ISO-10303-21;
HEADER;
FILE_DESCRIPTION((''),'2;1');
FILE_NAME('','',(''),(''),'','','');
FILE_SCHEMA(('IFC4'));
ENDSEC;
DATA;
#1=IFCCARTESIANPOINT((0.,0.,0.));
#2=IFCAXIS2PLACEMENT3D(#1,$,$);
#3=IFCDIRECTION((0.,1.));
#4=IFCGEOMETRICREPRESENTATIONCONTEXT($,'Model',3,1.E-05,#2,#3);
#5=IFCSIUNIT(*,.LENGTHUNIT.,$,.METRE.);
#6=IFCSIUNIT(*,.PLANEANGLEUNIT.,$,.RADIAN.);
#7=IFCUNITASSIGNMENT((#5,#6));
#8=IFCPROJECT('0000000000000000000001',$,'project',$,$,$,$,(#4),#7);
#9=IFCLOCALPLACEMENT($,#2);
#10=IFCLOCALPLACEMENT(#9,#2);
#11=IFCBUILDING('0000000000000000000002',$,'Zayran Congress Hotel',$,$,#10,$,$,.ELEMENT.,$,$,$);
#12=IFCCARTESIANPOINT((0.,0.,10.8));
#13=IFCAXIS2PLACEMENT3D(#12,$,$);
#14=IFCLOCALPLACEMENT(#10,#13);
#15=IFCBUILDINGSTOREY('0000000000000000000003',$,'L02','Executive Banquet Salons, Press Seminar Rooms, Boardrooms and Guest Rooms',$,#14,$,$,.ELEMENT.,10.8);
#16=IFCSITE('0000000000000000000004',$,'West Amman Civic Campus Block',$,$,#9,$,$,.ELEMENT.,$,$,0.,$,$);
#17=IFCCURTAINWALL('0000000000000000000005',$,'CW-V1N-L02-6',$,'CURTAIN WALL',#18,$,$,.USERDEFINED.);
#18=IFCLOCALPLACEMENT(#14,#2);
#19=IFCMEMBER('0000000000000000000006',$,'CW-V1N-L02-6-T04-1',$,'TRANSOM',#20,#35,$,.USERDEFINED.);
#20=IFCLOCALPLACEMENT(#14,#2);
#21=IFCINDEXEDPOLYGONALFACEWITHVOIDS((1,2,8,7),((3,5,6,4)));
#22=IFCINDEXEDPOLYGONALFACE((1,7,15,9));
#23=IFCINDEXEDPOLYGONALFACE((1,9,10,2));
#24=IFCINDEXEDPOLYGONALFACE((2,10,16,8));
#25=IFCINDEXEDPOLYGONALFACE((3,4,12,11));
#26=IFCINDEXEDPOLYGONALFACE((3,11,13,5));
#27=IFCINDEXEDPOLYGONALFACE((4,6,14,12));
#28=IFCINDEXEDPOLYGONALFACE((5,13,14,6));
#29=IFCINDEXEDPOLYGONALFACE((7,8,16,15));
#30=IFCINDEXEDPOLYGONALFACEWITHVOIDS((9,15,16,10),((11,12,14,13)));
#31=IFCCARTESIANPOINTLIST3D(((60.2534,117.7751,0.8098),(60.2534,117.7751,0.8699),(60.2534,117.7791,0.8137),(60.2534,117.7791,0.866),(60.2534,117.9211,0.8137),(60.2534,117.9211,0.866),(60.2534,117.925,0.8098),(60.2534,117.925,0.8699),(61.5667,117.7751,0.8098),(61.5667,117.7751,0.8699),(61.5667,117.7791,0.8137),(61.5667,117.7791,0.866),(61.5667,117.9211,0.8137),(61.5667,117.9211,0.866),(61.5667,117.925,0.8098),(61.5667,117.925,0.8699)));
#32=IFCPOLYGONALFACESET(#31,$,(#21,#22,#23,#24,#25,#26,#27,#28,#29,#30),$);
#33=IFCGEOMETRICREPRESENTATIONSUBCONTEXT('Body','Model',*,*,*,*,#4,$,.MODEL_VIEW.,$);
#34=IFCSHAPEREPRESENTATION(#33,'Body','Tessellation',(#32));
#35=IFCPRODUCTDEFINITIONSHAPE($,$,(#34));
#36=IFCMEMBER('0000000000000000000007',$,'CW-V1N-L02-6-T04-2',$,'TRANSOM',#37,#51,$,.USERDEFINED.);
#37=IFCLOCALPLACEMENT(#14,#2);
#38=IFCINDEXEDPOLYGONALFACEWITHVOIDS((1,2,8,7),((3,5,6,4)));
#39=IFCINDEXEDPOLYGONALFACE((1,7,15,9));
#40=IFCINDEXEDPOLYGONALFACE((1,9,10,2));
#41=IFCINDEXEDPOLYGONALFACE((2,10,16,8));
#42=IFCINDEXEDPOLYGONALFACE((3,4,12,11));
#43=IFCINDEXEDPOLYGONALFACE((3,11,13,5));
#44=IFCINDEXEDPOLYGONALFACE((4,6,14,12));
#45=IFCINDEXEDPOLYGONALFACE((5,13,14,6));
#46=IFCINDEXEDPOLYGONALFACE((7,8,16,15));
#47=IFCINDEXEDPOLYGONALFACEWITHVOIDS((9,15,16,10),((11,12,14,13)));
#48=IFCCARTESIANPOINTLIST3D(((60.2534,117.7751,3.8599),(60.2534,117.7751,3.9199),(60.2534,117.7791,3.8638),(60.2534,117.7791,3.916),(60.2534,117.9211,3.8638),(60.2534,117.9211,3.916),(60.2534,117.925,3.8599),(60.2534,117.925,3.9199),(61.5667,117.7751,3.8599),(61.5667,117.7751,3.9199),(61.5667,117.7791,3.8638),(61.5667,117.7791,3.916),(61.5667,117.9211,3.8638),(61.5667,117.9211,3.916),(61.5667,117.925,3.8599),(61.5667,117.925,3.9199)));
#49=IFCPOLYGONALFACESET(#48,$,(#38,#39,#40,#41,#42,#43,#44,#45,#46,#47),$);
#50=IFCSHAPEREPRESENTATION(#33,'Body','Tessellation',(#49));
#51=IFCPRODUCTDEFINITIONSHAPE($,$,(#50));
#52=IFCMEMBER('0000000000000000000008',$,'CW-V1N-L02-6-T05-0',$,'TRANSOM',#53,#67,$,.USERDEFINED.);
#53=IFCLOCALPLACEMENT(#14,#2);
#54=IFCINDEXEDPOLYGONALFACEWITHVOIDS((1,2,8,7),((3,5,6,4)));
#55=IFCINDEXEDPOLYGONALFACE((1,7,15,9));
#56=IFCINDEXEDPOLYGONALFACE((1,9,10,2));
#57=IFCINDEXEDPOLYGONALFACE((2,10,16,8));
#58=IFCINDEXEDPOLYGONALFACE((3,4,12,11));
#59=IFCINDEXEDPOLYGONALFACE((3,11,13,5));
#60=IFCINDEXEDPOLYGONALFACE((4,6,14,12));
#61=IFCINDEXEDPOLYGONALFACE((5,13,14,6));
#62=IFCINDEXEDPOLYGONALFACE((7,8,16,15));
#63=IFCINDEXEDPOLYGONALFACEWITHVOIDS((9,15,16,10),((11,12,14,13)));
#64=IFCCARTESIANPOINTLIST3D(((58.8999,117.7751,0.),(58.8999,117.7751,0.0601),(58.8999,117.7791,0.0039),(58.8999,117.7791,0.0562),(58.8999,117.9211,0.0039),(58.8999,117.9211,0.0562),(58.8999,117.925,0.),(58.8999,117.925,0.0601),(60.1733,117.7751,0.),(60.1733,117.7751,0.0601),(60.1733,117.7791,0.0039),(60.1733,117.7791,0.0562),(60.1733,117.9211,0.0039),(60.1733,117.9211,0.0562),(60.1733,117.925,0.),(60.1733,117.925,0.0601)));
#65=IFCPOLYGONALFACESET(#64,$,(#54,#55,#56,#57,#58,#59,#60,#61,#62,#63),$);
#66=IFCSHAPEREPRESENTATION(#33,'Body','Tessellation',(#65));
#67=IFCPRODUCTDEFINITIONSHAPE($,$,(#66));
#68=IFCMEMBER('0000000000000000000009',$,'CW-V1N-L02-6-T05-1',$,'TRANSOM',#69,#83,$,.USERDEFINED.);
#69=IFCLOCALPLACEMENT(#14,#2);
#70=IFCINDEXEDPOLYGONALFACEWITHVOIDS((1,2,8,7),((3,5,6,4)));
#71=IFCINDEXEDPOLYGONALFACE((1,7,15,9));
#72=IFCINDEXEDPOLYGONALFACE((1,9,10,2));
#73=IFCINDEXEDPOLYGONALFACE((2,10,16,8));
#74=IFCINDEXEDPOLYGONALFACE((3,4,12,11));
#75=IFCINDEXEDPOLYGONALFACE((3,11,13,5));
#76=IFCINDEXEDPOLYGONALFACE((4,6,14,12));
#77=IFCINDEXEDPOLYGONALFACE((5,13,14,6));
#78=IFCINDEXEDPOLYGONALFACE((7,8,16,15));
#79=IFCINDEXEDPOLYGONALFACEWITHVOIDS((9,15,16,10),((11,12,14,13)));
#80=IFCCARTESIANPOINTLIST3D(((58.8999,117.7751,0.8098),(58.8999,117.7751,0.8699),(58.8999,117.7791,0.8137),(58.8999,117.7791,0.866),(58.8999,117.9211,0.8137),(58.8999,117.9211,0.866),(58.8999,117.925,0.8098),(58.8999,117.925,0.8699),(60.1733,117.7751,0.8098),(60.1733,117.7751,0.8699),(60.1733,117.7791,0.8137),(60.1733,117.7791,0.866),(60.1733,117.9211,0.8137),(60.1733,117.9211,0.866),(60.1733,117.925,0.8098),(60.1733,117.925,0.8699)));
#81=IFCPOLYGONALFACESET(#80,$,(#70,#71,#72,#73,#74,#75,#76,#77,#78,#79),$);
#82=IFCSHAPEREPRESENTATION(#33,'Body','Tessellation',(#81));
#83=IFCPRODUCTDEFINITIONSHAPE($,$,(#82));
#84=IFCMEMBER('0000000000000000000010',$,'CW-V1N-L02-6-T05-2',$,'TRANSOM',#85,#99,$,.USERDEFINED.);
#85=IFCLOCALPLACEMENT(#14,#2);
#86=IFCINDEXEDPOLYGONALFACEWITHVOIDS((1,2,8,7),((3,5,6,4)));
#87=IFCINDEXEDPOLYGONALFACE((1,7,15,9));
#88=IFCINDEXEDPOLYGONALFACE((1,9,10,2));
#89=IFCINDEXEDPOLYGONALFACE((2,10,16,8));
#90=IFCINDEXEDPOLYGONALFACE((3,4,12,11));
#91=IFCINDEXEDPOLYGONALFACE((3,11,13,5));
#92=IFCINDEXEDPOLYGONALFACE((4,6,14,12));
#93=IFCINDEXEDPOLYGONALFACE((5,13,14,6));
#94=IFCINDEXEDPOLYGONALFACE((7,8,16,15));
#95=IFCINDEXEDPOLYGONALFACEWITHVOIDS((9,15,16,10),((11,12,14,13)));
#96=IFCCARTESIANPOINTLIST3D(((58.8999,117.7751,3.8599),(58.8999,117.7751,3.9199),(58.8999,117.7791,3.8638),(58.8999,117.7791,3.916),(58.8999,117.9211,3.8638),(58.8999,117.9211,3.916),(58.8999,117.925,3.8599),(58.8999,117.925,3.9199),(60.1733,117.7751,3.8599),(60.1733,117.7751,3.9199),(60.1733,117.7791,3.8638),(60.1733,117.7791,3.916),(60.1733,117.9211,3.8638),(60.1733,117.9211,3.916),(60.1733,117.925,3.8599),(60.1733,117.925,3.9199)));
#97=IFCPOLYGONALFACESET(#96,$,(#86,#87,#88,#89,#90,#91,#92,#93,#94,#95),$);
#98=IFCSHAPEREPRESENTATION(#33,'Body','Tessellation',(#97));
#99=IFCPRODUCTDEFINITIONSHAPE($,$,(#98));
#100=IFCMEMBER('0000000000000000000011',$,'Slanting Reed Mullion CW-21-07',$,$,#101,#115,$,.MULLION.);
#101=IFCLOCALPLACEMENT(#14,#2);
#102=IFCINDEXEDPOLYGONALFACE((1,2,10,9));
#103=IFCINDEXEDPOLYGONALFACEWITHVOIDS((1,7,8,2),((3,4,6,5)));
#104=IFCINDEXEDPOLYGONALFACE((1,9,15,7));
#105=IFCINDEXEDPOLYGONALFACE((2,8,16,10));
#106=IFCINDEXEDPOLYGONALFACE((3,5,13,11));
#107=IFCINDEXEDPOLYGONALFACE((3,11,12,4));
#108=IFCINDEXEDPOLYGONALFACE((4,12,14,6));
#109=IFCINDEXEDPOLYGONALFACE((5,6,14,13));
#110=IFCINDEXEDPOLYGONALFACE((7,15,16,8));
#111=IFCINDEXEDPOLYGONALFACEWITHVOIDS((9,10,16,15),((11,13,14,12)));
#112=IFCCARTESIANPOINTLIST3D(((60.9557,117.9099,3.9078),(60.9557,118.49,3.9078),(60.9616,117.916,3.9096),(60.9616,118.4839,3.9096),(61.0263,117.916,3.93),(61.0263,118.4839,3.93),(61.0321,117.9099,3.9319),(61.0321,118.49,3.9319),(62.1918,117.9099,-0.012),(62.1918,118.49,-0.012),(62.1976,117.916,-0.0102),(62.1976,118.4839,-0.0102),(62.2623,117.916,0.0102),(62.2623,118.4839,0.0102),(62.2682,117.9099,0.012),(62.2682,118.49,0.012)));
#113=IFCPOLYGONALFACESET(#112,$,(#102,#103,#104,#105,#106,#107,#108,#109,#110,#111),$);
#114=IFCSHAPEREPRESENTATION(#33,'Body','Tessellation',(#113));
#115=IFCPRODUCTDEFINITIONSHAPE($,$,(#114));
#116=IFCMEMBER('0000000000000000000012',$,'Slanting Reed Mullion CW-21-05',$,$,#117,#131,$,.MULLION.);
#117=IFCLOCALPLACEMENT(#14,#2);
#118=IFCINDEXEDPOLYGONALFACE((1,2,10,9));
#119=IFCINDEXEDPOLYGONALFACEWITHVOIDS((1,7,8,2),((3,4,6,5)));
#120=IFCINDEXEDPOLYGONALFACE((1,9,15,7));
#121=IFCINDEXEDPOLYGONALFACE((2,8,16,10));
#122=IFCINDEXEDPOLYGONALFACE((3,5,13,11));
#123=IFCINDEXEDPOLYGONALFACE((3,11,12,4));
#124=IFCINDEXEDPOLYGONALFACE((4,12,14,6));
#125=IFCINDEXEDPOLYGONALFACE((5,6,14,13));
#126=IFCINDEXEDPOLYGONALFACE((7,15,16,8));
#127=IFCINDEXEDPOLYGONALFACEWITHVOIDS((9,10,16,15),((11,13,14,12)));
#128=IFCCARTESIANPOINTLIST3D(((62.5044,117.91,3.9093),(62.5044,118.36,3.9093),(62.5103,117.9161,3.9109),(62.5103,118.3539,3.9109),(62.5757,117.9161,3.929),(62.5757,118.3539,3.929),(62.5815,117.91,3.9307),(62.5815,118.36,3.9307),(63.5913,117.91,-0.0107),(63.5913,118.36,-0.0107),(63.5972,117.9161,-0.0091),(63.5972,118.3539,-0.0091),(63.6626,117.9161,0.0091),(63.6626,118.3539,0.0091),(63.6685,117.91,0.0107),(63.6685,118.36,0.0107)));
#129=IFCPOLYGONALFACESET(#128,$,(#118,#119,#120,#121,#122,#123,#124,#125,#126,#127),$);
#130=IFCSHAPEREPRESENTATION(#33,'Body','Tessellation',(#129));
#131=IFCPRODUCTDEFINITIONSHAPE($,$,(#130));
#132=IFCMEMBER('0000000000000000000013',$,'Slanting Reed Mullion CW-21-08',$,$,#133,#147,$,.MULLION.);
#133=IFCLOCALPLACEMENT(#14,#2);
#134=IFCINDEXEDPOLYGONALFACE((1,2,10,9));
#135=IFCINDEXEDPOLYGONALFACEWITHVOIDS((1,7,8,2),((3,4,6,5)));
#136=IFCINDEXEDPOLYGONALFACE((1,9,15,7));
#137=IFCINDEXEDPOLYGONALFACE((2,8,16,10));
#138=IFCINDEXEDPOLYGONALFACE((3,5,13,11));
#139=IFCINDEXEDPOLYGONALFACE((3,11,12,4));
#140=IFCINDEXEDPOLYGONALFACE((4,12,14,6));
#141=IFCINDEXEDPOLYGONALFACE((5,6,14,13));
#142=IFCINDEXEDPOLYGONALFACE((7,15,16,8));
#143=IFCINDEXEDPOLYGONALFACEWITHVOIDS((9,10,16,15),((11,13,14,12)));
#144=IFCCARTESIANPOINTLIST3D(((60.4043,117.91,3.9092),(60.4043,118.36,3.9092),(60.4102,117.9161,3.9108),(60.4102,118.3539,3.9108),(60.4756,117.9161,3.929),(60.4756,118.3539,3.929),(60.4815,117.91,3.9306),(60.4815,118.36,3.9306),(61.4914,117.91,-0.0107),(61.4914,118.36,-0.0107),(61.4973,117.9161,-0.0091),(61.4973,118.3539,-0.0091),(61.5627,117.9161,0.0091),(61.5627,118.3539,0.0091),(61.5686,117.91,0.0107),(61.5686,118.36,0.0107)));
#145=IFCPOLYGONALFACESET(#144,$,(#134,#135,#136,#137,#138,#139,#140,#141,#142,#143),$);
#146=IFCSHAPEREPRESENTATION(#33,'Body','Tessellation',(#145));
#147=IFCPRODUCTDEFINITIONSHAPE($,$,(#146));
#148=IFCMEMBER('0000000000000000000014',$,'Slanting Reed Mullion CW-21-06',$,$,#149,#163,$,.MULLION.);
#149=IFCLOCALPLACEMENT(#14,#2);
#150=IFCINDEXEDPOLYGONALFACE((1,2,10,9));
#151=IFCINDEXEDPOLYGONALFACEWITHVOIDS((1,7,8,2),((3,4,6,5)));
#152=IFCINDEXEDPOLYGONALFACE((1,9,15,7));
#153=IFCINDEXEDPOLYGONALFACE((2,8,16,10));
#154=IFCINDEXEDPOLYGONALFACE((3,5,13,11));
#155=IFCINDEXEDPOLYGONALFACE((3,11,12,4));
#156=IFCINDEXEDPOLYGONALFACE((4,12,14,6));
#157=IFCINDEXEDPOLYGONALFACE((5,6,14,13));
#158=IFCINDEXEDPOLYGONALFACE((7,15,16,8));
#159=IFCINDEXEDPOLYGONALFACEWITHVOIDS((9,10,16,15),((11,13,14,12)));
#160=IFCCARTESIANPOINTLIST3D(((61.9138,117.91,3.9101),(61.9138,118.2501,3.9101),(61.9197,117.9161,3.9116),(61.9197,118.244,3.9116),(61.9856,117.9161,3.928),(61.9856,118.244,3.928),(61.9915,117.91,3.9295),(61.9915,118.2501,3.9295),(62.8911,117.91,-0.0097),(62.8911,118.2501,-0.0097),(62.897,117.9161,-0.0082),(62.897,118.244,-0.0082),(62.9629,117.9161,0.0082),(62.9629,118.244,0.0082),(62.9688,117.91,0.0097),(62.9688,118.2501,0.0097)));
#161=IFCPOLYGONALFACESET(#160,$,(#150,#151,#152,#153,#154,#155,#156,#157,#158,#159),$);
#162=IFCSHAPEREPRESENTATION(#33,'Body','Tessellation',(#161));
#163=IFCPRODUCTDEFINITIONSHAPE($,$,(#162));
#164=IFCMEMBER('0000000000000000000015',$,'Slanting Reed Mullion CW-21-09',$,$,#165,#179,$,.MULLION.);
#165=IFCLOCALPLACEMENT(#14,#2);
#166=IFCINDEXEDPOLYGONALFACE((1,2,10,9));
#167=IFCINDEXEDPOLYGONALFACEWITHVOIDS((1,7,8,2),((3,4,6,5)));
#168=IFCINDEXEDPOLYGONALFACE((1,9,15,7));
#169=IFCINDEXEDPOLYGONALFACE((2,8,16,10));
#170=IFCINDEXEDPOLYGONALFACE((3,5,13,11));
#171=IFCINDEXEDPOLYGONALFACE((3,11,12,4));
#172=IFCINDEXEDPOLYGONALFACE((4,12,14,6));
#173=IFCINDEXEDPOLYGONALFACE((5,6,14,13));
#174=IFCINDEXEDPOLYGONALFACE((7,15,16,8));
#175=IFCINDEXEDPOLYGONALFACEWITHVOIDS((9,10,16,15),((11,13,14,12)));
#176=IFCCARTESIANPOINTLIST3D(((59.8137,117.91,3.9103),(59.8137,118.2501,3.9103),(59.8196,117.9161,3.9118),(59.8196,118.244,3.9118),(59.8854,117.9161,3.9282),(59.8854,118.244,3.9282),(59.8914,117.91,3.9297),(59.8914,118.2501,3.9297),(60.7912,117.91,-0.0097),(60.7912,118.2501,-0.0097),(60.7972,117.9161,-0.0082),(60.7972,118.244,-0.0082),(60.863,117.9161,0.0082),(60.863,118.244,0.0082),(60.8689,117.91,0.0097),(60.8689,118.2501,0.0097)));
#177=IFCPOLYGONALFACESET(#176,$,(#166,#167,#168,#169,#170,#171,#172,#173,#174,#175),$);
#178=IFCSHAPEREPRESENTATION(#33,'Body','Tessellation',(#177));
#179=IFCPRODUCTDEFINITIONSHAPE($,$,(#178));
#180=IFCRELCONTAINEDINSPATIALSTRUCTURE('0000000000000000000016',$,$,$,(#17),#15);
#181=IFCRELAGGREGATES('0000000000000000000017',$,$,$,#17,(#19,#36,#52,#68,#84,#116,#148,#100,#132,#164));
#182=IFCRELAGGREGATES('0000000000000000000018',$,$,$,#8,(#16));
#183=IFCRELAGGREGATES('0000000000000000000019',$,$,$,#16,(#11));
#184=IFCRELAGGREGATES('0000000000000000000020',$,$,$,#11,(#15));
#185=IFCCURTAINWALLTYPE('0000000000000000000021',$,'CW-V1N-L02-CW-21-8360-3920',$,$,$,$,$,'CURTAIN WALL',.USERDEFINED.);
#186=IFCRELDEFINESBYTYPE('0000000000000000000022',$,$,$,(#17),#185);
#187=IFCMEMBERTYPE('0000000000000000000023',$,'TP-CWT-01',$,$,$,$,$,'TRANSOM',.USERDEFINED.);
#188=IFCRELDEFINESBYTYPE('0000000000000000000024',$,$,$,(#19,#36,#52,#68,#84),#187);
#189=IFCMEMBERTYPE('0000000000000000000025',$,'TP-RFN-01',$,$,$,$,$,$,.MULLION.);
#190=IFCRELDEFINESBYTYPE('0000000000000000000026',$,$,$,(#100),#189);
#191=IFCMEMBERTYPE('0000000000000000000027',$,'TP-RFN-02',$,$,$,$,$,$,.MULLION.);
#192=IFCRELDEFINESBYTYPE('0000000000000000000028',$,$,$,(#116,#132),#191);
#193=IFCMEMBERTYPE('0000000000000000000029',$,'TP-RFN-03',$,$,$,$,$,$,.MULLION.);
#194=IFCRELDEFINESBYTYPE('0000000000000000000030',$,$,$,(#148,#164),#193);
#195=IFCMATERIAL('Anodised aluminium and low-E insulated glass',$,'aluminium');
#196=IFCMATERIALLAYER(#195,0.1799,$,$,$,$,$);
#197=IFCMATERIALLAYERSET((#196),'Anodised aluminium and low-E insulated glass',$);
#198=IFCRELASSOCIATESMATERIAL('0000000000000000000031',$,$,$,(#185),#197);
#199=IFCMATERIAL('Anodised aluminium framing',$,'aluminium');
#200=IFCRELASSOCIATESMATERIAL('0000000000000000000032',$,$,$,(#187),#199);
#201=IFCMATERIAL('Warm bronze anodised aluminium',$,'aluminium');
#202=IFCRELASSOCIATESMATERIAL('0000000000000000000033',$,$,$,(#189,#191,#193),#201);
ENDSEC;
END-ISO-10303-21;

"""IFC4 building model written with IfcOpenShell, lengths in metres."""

from ifc_helpers import new_model, si_unit, direction, frame, origin, origin_2d, place, context, subcontext, project, spatial, hollow_rectangle, extrude, material, layer, layer_set, material_profile, profile_set, type_object, element, aggregate, save


model = new_model("IFC4")

# Units and contexts
model_context = context("Model", 3, precision=1e-05, world=origin(), true_north=direction((0.0, 1.0)))
body_context = subcontext(model_context, "Body", "Model", "MODEL_VIEW")
ifc_project = project(units=[si_unit("LENGTHUNIT", "METRE"), si_unit("PLANEANGLEUNIT", "RADIAN")], contexts=[model_context])

# Site, building, storey
site_placement = place(None, origin())
site = spatial("IfcSite", under=ifc_project, at=site_placement, Name="West Amman Civic Campus Block", CompositionType="ELEMENT", RefElevation=0.0)
building_placement = place(site_placement, origin())
building = spatial("IfcBuilding", under=site, at=building_placement, Name="Zayran Congress Hotel", CompositionType="ELEMENT")
storey_placement = place(building_placement, frame((0.0, 0.0, 10.8)))
storey = spatial("IfcBuildingStorey", under=building, at=storey_placement, Name="L02", Description="Executive Banquet Salons, Press Seminar Rooms, Boardrooms and Guest Rooms", CompositionType="ELEMENT", Elevation=10.8)

# Curtain wall, members
ifc_material_1 = material(Name="Anodised aluminium and low-E insulated glass", Category="aluminium")
ifc_layer_1 = layer(ifc_material_1, 0.1799)
ifc_layer_set_1 = layer_set([ifc_layer_1], Name="Anodised aluminium and low-E insulated glass")
curtain_wall_type = type_object("IfcCurtainWallType", Name="CW-V1N-L02-CW-21-8360-3920", ElementType="CURTAIN WALL", PredefinedType="USERDEFINED", material=ifc_layer_set_1)
curtain_wall_placement = place(storey_placement, origin())
curtain_wall = element("IfcCurtainWall", 1, at=curtain_wall_placement, inside=storey, type_object=curtain_wall_type, Name="CW-V1N-L02-6", ObjectType="CURTAIN WALL", PredefinedType="USERDEFINED")
ifc_material_2 = material(Name="Anodised aluminium framing", Category="aluminium")
ifc_material_profile_1 = material_profile(ifc_material_2, hollow_rectangle(XDim=0.0601, YDim=0.1499, WallThickness=0.0039, at=origin_2d()), Name="RHS 150x60x4")
ifc_profile_set_1 = profile_set([ifc_material_profile_1], Name="Anodised aluminium framing")
member_type_1 = type_object("IfcMemberType", Name="TP-CWT-01", ElementType="TRANSOM", PredefinedType="USERDEFINED", material=ifc_profile_set_1)
member_1_placement = place(storey_placement, frame((61.5667, 117.8501, 0.8398), z_axis=(-1.0, 0.0, 0.0), x_axis=(0.0, 0.0, 1.0)))
member_1 = element("IfcMember", 2, at=member_1_placement, type_object=member_type_1, Name="CW-V1N-L02-6-T04-1", ObjectType="TRANSOM", PredefinedType="USERDEFINED", context=body_context, shape_type="SweptSolid", body=[
    extrude(hollow_rectangle(XDim=0.0601, YDim=0.1499, WallThickness=0.0039, at=origin_2d()), origin(), (0.0, 0.0, 1.0), 1.3132),
])
member_2_placement = place(storey_placement, frame((61.5667, 117.8501, 3.8899), z_axis=(-1.0, 0.0, 0.0), x_axis=(0.0, 0.0, 1.0)))
member_2 = element("IfcMember", 3, at=member_2_placement, type_object=member_type_1, Name="CW-V1N-L02-6-T04-2", ObjectType="TRANSOM", PredefinedType="USERDEFINED", context=body_context, shape_type="SweptSolid", body=[
    extrude(hollow_rectangle(XDim=0.0601, YDim=0.1499, WallThickness=0.0039, at=origin_2d()), origin(), (0.0, 0.0, 1.0), 1.3132),
])
member_3_placement = place(storey_placement, frame((60.1733, 117.8501, 0.03), z_axis=(-1.0, 0.0, 0.0), x_axis=(0.0, 0.0, 1.0)))
member_3 = element("IfcMember", 4, at=member_3_placement, type_object=member_type_1, Name="CW-V1N-L02-6-T05-0", ObjectType="TRANSOM", PredefinedType="USERDEFINED", context=body_context, shape_type="SweptSolid", body=[
    extrude(hollow_rectangle(XDim=0.0601, YDim=0.1499, WallThickness=0.0039, at=origin_2d()), origin(), (0.0, 0.0, 1.0), 1.2734),
])
member_4_placement = place(storey_placement, frame((60.1733, 117.8501, 0.8398), z_axis=(-1.0, 0.0, 0.0), x_axis=(0.0, 0.0, 1.0)))
member_4 = element("IfcMember", 5, at=member_4_placement, type_object=member_type_1, Name="CW-V1N-L02-6-T05-1", ObjectType="TRANSOM", PredefinedType="USERDEFINED", context=body_context, shape_type="SweptSolid", body=[
    extrude(hollow_rectangle(XDim=0.0601, YDim=0.1499, WallThickness=0.0039, at=origin_2d()), origin(), (0.0, 0.0, 1.0), 1.2734),
])
member_5_placement = place(storey_placement, frame((60.1733, 117.8501, 3.8899), z_axis=(-1.0, 0.0, 0.0), x_axis=(0.0, 0.0, 1.0)))
member_5 = element("IfcMember", 6, at=member_5_placement, type_object=member_type_1, Name="CW-V1N-L02-6-T05-2", ObjectType="TRANSOM", PredefinedType="USERDEFINED", context=body_context, shape_type="SweptSolid", body=[
    extrude(hollow_rectangle(XDim=0.0601, YDim=0.1499, WallThickness=0.0039, at=origin_2d()), origin(), (0.0, 0.0, 1.0), 1.2734),
])
ifc_material_3 = material(Name="Warm bronze anodised aluminium", Category="aluminium")
ifc_material_profile_2 = material_profile(ifc_material_3, hollow_rectangle(XDim=0.0801, YDim=0.5801, WallThickness=0.0061, at=origin_2d()), Name="RHS 580x80x6")
ifc_profile_set_2 = profile_set([ifc_material_profile_2], Name="Warm bronze anodised aluminium")
member_type_2 = type_object("IfcMemberType", Name="TP-RFN-01", PredefinedType="MULLION", material=ifc_profile_set_2)
member_6_placement = place(storey_placement, frame((62.23, 118.2, 0.0), z_axis=(-0.300736, 0.0, 0.953707), x_axis=(0.953707, 0.0, 0.300736)))
member_6 = element("IfcMember", 7, at=member_6_placement, type_object=member_type_2, Name="Slanting Reed Mullion CW-21-07", PredefinedType="MULLION", context=body_context, shape_type="SweptSolid", body=[
    extrude(hollow_rectangle(XDim=0.0801, YDim=0.5801, WallThickness=0.0061, at=origin_2d()), origin(), (0.0, 0.0, 1.0), 4.1101),
])
ifc_material_profile_3 = material_profile(ifc_material_3, hollow_rectangle(XDim=0.0801, YDim=0.45, WallThickness=0.0061, at=origin_2d()), Name="RHS 450x80x6")
ifc_profile_set_3 = profile_set([ifc_material_profile_3], Name="Warm bronze anodised aluminium")
member_type_3 = type_object("IfcMemberType", Name="TP-RFN-02", PredefinedType="MULLION", material=ifc_profile_set_3)
member_7_placement = place(storey_placement, frame((63.6299, 118.135, 0.0), z_axis=(-0.267198, 0.0, 0.963642), x_axis=(0.963642, 0.0, 0.267198)))
member_7 = element("IfcMember", 8, at=member_7_placement, type_object=member_type_3, Name="Slanting Reed Mullion CW-21-05", PredefinedType="MULLION", context=body_context, shape_type="SweptSolid", body=[
    extrude(hollow_rectangle(XDim=0.0801, YDim=0.45, WallThickness=0.0061, at=origin_2d()), origin(), (0.0, 0.0, 1.0), 4.0679),
])
member_8_placement = place(storey_placement, frame((61.53, 118.135, 0.0), z_axis=(-0.267254, 0.0, 0.963626), x_axis=(0.963626, 0.0, 0.267254)))
member_8 = element("IfcMember", 9, at=member_8_placement, type_object=member_type_3, Name="Slanting Reed Mullion CW-21-08", PredefinedType="MULLION", context=body_context, shape_type="SweptSolid", body=[
    extrude(hollow_rectangle(XDim=0.0801, YDim=0.45, WallThickness=0.0061, at=origin_2d()), origin(), (0.0, 0.0, 1.0), 4.0679),
])
ifc_material_profile_4 = material_profile(ifc_material_3, hollow_rectangle(XDim=0.0801, YDim=0.3401, WallThickness=0.0061, at=origin_2d()), Name="RHS 340x80x6")
ifc_profile_set_4 = profile_set([ifc_material_profile_4], Name="Warm bronze anodised aluminium")
member_type_4 = type_object("IfcMemberType", Name="TP-RFN-03", PredefinedType="MULLION", material=ifc_profile_set_4)
member_9_placement = place(storey_placement, frame((62.9299, 118.0801, 0.0), z_axis=(-0.24191, 0.0, 0.970299), x_axis=(0.970299, 0.0, 0.24191)))
member_9 = element("IfcMember", 10, at=member_9_placement, type_object=member_type_4, Name="Slanting Reed Mullion CW-21-06", PredefinedType="MULLION", context=body_context, shape_type="SweptSolid", body=[
    extrude(hollow_rectangle(XDim=0.0801, YDim=0.3401, WallThickness=0.0061, at=origin_2d()), origin(), (0.0, 0.0, 1.0), 4.0398),
])
member_10_placement = place(storey_placement, frame((60.8301, 118.0801, 0.0), z_axis=(-0.241967, 0.0, 0.970285), x_axis=(0.970285, 0.0, 0.241967)))
member_10 = element("IfcMember", 11, at=member_10_placement, type_object=member_type_4, Name="Slanting Reed Mullion CW-21-09", PredefinedType="MULLION", context=body_context, shape_type="SweptSolid", body=[
    extrude(hollow_rectangle(XDim=0.0801, YDim=0.3401, WallThickness=0.0061, at=origin_2d()), origin(), (0.0, 0.0, 1.0), 4.04),
])
aggregate(curtain_wall, [member_1, member_2, member_3, member_4, member_5, member_7, member_9, member_6, member_8, member_10])

save(model, "model.ifc")
